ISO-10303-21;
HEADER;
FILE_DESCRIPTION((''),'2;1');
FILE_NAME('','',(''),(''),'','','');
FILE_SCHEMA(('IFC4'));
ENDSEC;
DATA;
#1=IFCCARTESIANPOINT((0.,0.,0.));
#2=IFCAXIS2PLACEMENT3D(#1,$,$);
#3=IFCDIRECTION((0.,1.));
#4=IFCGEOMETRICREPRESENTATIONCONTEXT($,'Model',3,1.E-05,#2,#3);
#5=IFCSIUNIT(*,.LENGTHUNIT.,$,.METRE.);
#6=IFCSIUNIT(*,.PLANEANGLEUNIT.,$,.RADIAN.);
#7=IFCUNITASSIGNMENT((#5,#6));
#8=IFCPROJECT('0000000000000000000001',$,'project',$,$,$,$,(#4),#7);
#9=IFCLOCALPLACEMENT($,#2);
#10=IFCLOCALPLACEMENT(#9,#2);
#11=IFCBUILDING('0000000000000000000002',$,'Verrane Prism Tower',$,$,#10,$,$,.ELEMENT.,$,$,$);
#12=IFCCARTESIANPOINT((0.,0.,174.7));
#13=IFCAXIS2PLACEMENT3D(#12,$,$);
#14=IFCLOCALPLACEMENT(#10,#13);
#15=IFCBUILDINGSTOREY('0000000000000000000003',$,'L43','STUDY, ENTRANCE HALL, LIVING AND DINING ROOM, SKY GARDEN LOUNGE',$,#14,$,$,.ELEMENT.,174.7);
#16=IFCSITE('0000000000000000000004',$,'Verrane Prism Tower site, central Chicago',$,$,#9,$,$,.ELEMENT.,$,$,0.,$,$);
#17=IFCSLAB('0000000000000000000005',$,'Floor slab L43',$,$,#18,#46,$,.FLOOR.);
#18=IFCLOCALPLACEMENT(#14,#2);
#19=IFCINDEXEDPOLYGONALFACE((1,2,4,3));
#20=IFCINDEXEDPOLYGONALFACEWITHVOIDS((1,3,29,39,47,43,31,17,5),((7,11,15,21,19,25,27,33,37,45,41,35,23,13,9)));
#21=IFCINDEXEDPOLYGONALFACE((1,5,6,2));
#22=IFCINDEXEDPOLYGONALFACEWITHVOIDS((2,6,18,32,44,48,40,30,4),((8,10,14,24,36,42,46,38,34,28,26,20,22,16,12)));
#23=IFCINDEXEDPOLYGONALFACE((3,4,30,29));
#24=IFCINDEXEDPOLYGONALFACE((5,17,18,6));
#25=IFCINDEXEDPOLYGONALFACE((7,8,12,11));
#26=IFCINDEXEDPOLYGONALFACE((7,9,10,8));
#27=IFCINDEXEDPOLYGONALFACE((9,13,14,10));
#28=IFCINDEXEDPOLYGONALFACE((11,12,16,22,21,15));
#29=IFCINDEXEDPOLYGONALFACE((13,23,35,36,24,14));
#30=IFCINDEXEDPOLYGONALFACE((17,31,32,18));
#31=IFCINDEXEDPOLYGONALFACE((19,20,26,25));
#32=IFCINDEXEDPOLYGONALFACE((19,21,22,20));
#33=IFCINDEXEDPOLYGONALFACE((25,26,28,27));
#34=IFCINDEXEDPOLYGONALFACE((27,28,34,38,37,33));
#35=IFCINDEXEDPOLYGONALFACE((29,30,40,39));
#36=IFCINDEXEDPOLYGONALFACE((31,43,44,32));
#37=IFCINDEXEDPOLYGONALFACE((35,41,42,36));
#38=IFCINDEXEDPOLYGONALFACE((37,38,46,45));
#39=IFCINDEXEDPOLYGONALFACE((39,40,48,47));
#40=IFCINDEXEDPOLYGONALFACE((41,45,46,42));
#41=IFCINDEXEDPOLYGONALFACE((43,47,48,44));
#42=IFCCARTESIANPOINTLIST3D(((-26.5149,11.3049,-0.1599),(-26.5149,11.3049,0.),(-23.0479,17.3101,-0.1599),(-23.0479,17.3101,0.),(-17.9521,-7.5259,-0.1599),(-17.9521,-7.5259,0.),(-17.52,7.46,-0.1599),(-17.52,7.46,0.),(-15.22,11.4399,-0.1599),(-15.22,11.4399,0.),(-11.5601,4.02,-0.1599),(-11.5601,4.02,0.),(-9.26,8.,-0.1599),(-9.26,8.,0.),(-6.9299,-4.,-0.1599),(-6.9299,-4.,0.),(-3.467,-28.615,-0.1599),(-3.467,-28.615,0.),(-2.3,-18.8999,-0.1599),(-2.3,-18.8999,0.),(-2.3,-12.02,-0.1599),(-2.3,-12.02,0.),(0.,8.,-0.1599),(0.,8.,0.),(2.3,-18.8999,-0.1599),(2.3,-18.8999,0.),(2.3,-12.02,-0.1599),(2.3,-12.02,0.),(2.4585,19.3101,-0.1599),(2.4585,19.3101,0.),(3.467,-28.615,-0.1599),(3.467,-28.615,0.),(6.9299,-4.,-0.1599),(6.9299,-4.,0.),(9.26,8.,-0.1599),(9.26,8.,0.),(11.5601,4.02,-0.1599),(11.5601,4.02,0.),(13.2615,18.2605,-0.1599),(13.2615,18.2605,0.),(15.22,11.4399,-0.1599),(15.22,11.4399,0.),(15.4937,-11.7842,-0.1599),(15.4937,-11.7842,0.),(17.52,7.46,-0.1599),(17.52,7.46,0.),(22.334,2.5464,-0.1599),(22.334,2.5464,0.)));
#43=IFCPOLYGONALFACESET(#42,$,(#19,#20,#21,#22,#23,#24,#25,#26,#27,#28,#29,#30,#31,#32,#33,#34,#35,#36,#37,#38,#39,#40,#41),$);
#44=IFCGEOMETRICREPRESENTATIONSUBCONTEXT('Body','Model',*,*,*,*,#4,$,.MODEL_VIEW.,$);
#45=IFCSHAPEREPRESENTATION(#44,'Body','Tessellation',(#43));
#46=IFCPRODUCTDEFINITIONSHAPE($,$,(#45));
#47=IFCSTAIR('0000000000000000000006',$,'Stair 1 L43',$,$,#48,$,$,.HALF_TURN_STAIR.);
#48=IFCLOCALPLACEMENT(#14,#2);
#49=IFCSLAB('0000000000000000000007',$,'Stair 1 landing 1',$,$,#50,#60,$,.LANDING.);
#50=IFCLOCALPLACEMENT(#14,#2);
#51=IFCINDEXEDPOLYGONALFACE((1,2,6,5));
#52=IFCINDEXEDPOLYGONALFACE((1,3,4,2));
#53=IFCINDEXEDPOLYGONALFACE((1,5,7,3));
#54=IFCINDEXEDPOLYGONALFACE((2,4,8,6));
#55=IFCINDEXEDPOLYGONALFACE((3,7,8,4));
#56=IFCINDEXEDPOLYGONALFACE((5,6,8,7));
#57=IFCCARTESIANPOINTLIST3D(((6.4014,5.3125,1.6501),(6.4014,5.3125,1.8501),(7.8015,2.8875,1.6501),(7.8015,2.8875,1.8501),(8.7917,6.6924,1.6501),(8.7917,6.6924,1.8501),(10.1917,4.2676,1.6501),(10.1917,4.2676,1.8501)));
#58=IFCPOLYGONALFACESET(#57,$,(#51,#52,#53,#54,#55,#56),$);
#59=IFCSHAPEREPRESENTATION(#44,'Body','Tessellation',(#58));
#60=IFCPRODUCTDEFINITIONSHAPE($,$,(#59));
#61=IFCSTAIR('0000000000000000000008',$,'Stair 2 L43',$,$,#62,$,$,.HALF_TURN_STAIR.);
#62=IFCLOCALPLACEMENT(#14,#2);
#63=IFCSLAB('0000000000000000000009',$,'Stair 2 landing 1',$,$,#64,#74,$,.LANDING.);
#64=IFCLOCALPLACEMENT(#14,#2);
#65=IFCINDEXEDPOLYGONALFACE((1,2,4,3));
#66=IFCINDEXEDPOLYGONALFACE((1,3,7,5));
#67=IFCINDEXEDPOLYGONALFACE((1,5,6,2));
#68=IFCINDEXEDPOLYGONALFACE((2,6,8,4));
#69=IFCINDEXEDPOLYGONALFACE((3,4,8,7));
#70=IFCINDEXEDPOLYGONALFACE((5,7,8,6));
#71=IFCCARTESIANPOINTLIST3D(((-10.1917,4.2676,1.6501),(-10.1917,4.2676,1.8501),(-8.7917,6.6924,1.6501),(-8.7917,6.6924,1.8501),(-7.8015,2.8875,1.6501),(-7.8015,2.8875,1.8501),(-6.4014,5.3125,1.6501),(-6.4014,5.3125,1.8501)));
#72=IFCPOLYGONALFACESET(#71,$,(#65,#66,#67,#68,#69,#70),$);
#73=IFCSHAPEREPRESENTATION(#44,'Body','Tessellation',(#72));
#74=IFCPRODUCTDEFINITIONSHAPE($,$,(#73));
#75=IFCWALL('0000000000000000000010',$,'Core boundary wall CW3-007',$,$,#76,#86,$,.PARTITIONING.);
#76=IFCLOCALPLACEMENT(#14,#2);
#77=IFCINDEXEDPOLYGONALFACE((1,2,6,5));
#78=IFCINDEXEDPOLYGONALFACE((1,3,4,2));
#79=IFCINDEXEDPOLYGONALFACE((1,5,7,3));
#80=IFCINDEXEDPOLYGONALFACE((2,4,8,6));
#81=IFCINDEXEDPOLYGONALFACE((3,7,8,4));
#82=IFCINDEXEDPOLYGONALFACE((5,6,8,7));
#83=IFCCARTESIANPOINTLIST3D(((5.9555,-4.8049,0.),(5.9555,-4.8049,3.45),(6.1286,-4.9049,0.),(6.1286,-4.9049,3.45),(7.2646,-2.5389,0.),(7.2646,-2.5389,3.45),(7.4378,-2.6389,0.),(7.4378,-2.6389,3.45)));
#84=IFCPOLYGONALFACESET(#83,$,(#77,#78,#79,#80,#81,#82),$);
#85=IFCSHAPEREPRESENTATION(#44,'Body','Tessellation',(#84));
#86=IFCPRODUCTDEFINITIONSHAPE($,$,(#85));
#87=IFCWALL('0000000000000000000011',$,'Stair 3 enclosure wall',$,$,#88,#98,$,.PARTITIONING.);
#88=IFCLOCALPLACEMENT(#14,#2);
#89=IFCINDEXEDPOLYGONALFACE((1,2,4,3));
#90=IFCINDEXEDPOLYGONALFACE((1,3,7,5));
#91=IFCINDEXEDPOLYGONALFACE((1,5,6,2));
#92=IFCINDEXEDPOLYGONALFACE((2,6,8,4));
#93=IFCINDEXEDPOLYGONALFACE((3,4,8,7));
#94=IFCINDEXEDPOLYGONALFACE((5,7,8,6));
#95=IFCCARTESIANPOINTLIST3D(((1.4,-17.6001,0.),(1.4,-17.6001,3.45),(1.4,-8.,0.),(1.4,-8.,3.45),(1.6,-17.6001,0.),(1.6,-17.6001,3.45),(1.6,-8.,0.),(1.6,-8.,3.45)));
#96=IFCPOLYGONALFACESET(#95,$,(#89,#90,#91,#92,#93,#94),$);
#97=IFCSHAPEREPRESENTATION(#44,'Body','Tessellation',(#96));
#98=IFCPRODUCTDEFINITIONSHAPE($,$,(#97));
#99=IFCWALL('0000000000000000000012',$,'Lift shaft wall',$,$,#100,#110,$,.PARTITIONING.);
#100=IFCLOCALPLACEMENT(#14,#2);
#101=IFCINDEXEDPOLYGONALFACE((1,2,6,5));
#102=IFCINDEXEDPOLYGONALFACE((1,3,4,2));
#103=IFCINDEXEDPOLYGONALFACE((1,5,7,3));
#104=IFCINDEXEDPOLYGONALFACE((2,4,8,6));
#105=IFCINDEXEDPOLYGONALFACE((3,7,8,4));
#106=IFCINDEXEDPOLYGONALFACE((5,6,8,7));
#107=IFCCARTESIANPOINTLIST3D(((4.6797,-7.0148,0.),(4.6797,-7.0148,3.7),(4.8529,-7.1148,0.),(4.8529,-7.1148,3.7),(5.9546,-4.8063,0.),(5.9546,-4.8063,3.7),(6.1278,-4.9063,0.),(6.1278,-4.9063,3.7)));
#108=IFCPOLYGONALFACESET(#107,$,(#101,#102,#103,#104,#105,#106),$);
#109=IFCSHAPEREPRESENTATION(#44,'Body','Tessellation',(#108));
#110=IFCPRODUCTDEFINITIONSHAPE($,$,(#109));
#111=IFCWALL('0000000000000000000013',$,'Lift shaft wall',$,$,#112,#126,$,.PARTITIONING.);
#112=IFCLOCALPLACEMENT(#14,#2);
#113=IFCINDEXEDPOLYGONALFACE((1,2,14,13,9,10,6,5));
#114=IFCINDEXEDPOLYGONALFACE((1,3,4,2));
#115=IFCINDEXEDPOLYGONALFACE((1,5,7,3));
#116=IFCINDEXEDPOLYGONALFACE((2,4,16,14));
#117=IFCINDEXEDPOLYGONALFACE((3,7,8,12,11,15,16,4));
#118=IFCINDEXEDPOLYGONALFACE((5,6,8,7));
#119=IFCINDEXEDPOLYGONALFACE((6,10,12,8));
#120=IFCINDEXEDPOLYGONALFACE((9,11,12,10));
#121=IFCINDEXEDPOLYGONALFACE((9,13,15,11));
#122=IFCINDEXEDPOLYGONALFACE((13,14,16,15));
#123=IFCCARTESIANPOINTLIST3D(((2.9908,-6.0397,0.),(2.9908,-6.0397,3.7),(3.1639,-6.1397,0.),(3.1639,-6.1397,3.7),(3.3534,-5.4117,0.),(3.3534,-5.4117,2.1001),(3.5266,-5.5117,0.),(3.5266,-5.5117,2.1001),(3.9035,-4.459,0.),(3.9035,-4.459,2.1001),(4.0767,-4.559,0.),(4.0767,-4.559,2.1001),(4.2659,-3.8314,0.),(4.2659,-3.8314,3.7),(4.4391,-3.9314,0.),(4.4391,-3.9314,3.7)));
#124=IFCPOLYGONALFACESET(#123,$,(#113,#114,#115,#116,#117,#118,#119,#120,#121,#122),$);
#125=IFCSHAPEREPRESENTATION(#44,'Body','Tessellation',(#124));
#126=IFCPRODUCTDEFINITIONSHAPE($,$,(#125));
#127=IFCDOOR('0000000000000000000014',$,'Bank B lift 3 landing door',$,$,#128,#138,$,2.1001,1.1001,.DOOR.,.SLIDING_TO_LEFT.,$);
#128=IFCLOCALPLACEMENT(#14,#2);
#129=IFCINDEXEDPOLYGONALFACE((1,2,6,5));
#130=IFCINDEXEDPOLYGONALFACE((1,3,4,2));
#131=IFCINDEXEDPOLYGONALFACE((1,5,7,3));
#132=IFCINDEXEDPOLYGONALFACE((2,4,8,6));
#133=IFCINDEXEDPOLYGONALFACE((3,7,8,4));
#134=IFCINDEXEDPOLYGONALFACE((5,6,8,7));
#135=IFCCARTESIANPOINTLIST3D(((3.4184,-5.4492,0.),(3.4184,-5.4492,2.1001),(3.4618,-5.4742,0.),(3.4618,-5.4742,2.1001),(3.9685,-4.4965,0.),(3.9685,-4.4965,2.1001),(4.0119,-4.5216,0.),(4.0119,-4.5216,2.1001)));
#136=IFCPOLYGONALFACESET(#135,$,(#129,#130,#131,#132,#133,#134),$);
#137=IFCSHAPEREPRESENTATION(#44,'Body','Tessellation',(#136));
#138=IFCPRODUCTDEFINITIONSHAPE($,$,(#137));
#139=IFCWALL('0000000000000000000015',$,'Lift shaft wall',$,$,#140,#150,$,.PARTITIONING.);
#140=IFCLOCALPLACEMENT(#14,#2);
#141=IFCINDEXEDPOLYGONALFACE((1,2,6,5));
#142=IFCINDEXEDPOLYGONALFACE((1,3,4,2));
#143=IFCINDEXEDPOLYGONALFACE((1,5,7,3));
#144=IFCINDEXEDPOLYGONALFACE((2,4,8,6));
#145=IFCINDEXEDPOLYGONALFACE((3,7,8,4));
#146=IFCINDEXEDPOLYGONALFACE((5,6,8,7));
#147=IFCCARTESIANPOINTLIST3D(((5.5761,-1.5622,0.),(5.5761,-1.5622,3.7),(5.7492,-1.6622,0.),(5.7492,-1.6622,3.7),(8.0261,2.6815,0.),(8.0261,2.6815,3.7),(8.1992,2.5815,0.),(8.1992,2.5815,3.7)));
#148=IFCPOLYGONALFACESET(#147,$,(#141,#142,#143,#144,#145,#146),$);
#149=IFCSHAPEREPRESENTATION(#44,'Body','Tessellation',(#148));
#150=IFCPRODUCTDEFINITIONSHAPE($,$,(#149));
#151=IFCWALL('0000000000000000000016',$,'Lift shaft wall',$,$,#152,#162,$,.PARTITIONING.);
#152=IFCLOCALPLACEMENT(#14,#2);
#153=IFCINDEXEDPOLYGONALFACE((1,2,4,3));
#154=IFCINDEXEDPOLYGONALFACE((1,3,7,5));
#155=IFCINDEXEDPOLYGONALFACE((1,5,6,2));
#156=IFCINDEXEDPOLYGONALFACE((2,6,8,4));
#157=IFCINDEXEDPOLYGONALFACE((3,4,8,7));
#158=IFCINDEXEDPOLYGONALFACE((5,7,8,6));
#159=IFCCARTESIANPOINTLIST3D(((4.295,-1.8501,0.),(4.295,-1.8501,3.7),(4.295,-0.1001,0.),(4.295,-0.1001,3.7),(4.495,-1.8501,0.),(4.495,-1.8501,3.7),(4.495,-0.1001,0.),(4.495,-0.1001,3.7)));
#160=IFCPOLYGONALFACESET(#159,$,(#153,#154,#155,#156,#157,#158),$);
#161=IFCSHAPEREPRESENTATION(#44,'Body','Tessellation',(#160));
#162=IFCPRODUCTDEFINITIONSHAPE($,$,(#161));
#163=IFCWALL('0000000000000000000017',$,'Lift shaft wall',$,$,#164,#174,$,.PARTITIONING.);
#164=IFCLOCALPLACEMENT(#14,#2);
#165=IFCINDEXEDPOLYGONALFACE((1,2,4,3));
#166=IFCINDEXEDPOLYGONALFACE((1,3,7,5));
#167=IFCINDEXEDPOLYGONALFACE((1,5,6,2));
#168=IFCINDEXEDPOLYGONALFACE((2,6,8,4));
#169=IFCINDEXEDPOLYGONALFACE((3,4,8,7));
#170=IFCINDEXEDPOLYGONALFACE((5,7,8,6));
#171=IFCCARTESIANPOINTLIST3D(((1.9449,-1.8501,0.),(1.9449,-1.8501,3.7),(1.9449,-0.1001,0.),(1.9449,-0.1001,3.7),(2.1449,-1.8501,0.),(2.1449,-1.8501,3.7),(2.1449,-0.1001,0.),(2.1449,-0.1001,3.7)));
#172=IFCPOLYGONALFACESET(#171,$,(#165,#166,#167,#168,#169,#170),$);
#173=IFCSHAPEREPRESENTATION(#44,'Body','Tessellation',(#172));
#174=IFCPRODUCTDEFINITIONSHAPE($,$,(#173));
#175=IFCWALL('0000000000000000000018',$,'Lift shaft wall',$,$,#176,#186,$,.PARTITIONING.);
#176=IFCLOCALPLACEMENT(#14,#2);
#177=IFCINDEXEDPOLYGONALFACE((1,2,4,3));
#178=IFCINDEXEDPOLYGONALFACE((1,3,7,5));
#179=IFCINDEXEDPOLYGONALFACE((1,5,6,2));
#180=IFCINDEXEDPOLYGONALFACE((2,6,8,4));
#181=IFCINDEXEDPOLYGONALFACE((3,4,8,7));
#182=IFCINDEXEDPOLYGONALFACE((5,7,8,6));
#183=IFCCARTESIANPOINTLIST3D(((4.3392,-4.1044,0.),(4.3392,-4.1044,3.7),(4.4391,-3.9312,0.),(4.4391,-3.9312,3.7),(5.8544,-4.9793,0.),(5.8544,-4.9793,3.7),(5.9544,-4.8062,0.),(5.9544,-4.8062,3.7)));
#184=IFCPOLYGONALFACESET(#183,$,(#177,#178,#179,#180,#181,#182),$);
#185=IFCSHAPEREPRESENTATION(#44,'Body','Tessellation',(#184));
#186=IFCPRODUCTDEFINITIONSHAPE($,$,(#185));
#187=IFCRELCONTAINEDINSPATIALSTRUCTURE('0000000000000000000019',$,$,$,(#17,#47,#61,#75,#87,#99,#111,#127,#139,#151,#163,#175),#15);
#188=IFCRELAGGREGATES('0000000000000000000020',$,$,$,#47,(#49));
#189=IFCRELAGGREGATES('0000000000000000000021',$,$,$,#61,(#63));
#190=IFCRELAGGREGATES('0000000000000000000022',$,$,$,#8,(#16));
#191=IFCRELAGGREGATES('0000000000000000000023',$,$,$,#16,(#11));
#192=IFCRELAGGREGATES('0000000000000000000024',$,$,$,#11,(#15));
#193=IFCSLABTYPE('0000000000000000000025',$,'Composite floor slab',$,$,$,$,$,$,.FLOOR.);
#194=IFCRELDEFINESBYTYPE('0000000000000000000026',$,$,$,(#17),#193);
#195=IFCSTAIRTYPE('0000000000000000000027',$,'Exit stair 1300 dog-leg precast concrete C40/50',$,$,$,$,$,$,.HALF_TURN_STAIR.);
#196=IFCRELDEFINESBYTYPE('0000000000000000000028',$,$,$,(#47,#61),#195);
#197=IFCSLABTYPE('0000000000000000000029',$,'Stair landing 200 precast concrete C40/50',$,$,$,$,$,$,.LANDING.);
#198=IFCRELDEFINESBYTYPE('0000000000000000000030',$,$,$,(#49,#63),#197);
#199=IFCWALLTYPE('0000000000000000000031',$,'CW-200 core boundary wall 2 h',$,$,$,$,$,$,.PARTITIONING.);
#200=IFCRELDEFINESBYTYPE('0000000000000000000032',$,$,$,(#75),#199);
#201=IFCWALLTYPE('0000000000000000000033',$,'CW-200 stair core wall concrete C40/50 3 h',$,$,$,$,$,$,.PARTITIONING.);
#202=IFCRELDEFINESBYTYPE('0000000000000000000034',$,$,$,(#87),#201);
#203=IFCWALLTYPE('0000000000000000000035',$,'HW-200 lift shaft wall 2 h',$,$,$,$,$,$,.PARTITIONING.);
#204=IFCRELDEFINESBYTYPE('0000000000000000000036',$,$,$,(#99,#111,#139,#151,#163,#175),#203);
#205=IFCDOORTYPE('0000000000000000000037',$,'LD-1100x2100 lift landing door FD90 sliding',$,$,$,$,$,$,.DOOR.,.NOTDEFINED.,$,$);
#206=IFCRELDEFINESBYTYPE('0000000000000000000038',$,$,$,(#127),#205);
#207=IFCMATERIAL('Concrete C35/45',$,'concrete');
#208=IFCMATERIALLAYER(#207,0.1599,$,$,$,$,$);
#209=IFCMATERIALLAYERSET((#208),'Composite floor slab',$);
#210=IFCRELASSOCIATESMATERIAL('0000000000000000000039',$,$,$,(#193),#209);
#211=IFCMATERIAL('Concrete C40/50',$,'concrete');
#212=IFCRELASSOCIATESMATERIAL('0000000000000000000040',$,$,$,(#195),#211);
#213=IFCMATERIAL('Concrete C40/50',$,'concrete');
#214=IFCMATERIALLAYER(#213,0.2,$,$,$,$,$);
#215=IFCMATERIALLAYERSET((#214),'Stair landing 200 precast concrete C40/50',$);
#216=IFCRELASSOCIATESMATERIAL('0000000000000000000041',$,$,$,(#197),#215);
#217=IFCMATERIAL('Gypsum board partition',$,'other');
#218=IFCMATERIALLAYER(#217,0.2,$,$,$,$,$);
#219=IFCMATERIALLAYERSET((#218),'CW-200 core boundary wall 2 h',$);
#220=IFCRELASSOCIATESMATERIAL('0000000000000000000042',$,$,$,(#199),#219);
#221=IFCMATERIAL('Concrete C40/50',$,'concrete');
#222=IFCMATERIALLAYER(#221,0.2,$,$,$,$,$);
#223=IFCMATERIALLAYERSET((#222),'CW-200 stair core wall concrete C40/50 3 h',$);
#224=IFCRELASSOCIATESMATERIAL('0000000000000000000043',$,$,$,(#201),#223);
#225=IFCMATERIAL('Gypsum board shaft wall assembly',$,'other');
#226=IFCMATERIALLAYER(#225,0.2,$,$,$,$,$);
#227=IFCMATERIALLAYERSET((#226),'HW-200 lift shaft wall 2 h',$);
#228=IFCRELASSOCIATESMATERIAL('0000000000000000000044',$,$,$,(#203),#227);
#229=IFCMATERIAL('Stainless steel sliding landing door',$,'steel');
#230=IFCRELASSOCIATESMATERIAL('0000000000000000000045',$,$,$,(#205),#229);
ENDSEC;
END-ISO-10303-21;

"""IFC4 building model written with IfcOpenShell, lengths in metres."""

from ifc_helpers import new_model, si_unit, direction, frame, frame_2d, origin, place, context, subcontext, project, spatial, polyline, rectangle, outline, extrude, material, layer, layer_set, type_object, element, fill, aggregate, save


model = new_model("IFC4")

# Units and contexts
model_context = context("Model", 3, precision=1e-05, world=origin(), true_north=direction((0.0, 1.0)))
body_context = subcontext(model_context, "Body", "Model", "MODEL_VIEW")
ifc_project = project(units=[si_unit("LENGTHUNIT", "METRE"), si_unit("PLANEANGLEUNIT", "RADIAN")], contexts=[model_context])

# Site, building, storey
site_placement = place(None, origin())
site = spatial("IfcSite", under=ifc_project, at=site_placement, Name="Verrane Prism Tower site, central Chicago", CompositionType="ELEMENT", RefElevation=0.0)
building_placement = place(site_placement, origin())
building = spatial("IfcBuilding", under=site, at=building_placement, Name="Verrane Prism Tower", CompositionType="ELEMENT")
storey_placement = place(building_placement, frame((0.0, 0.0, 174.7)))
storey = spatial("IfcBuildingStorey", under=building, at=storey_placement, Name="L43", Description="STUDY, ENTRANCE HALL, LIVING AND DINING ROOM, SKY GARDEN LOUNGE", CompositionType="ELEMENT", Elevation=174.7)

# Slab
ifc_material_1 = material(Name="Concrete C35/45", Category="concrete")
ifc_layer_1 = layer(ifc_material_1, 0.1599)
ifc_layer_set_1 = layer_set([ifc_layer_1], Name="Composite floor slab")
slab_type_1 = type_object("IfcSlabType", Name="Composite floor slab", PredefinedType="FLOOR", material=ifc_layer_set_1)
slab_1_placement = place(storey_placement, frame((0.0, 0.0, -0.1599)))
element("IfcSlab", 1, at=slab_1_placement, inside=storey, type_object=slab_type_1, Name="Floor slab L43", PredefinedType="FLOOR", context=body_context, shape_type="SweptSolid", body=[
    extrude(outline(polyline([(15.4937, -11.7842), (3.467, -28.615), (-3.467, -28.615), (-17.9521, -7.5259), (-26.5149, 11.3049), (-23.0479, 17.3101), (2.4585, 19.3101), (13.2615, 18.2605), (22.334, 2.5464), (15.4937, -11.7842)]), holes=[polyline([(17.52, 7.46), (15.22, 11.4399), (9.26, 8.0), (0.0, 8.0), (-9.26, 8.0), (-15.22, 11.4399), (-17.52, 7.46), (-11.5601, 4.02), (-6.9299, -4.0), (-2.3, -12.02), (-2.3, -18.8999), (2.3, -18.8999), (2.3, -12.02), (6.9299, -4.0), (11.5601, 4.02), (17.52, 7.46)])]), origin(), (0.0, 0.0, 1.0), 0.1599),
])

# Stairs, slabs
ifc_material_2 = material(Name="Concrete C40/50", Category="concrete")
stair_type = type_object("IfcStairType", Name="Exit stair 1300 dog-leg precast concrete C40/50", PredefinedType="HALF_TURN_STAIR", material=ifc_material_2)
stair_1_placement = place(storey_placement, origin())
stair_1 = element("IfcStair", 2, at=stair_1_placement, inside=storey, type_object=stair_type, Name="Stair 1 L43", PredefinedType="HALF_TURN_STAIR")
ifc_material_3 = material(Name="Concrete C40/50", Category="concrete")
ifc_layer_2 = layer(ifc_material_3, 0.2)
ifc_layer_set_2 = layer_set([ifc_layer_2], Name="Stair landing 200 precast concrete C40/50")
slab_type_2 = type_object("IfcSlabType", Name="Stair landing 200 precast concrete C40/50", PredefinedType="LANDING", material=ifc_layer_set_2)
slab_2_placement = place(storey_placement, frame((0.0, 0.0, 1.6501)))
slab_2 = element("IfcSlab", 3, at=slab_2_placement, type_object=slab_type_2, Name="Stair 1 landing 1", PredefinedType="LANDING", context=body_context, shape_type="SweptSolid", body=[
    extrude(outline(polyline([(8.7917, 6.6924), (6.4014, 5.3125), (7.8015, 2.8875), (10.1917, 4.2676), (8.7917, 6.6924)])), origin(), (0.0, 0.0, 1.0), 0.2),
])
aggregate(stair_1, [slab_2])
stair_2_placement = place(storey_placement, origin())
stair_2 = element("IfcStair", 4, at=stair_2_placement, inside=storey, type_object=stair_type, Name="Stair 2 L43", PredefinedType="HALF_TURN_STAIR")
slab_3_placement = place(storey_placement, frame((0.0, 0.0, 1.6501)))
slab_3 = element("IfcSlab", 5, at=slab_3_placement, type_object=slab_type_2, Name="Stair 2 landing 1", PredefinedType="LANDING", context=body_context, shape_type="SweptSolid", body=[
    extrude(outline(polyline([(-10.1917, 4.2676), (-7.8015, 2.8875), (-6.4014, 5.3125), (-8.7917, 6.6924), (-10.1917, 4.2676)])), origin(), (0.0, 0.0, 1.0), 0.2),
])
aggregate(stair_2, [slab_3])

# Walls
ifc_material_4 = material(Name="Gypsum board partition", Category="other")
ifc_layer_3 = layer(ifc_material_4, 0.2)
ifc_layer_set_3 = layer_set([ifc_layer_3], Name="CW-200 core boundary wall 2 h")
wall_type_1 = type_object("IfcWallType", Name="CW-200 core boundary wall 2 h", PredefinedType="PARTITIONING", material=ifc_layer_set_3)
wall_1_placement = place(storey_placement, frame((6.042, -4.855, 0.0), z_axis=(0.0, 0.0, 1.0), x_axis=(0.500253, 0.865879, 0.0)))
element("IfcWall", 6, at=wall_1_placement, inside=storey, type_object=wall_type_1, Name="Core boundary wall CW3-007", PredefinedType="PARTITIONING", context=body_context, shape_type="SweptSolid", body=[
    extrude(rectangle(XDim=2.6169, YDim=0.2, at=frame_2d((1.3086, 0.0))), origin(), (0.0, 0.0, 1.0), 3.45),
])
ifc_material_5 = material(Name="Concrete C40/50", Category="concrete")
ifc_layer_4 = layer(ifc_material_5, 0.2)
ifc_layer_set_4 = layer_set([ifc_layer_4], Name="CW-200 stair core wall concrete C40/50 3 h")
wall_type_2 = type_object("IfcWallType", Name="CW-200 stair core wall concrete C40/50 3 h", PredefinedType="PARTITIONING", material=ifc_layer_set_4)
wall_2_placement = place(storey_placement, frame((1.5, -8.0, 0.0), z_axis=(0.0, 0.0, 1.0), x_axis=(0.0, -1.0, 0.0)))
element("IfcWall", 7, at=wall_2_placement, inside=storey, type_object=wall_type_2, Name="Stair 3 enclosure wall", PredefinedType="PARTITIONING", context=body_context, shape_type="SweptSolid", body=[
    extrude(rectangle(XDim=9.6001, YDim=0.2, at=frame_2d((4.8, 0.0))), origin(), (0.0, 0.0, 1.0), 3.45),
])
ifc_material_6 = material(Name="Gypsum board shaft wall assembly", Category="other")
ifc_layer_5 = layer(ifc_material_6, 0.2)
ifc_layer_set_5 = layer_set([ifc_layer_5], Name="HW-200 lift shaft wall 2 h")
wall_type_3 = type_object("IfcWallType", Name="HW-200 lift shaft wall 2 h", PredefinedType="PARTITIONING", material=ifc_layer_set_5)
wall_3_placement = place(storey_placement, frame((4.7664, -7.0647, 0.0), z_axis=(0.0, 0.0, 1.0), x_axis=(0.499949, 0.866055, 0.0)))
element("IfcWall", 8, at=wall_3_placement, inside=storey, type_object=wall_type_3, Name="Lift shaft wall", PredefinedType="PARTITIONING", context=body_context, shape_type="SweptSolid", body=[
    extrude(rectangle(XDim=2.55, YDim=0.2, at=frame_2d((1.2749, 0.0))), origin(), (0.0, 0.0, 1.0), 3.7),
])

# Wall, opening, door
wall_4_placement = place(storey_placement, frame((3.0774, -6.0896, 0.0), z_axis=(0.0, 0.0, 1.0), x_axis=(0.500062, 0.865989, 0.0)))
wall_4 = element("IfcWall", 9, at=wall_4_placement, inside=storey, type_object=wall_type_3, Name="Lift shaft wall", PredefinedType="PARTITIONING", context=body_context, shape_type="SweptSolid", body=[
    extrude(rectangle(XDim=2.55, YDim=0.2, at=frame_2d((1.2749, 0.0))), origin(), (0.0, 0.0, 1.0), 3.7),
])
opening_placement = place(wall_4_placement, frame((0.7251, 0.0, 0.0)))
opening = element("IfcOpeningElement", 10, at=opening_placement, cuts=wall_4, PredefinedType="OPENING", context=body_context, shape_type="SweptSolid", body=[
    extrude(rectangle(XDim=1.1001, YDim=2.1001, at=frame_2d((0.55, 1.05))), frame((0.0, 0.1099, 0.0), z_axis=(0.0, -1.0, 0.0), x_axis=(1.0, 0.0, 0.0)), (0.0, 0.0, 1.0), 0.22),
])
ifc_material_7 = material(Name="Stainless steel sliding landing door", Category="steel")
door_type = type_object("IfcDoorType", Name="LD-1100x2100 lift landing door FD90 sliding", OperationType="NOTDEFINED", PredefinedType="DOOR", material=ifc_material_7)
door_placement = place(opening_placement, origin())
door = element("IfcDoor", 11, at=door_placement, inside=storey, type_object=door_type, Name="Bank B lift 3 landing door", OperationType="SLIDING_TO_LEFT", OverallHeight=2.1001, OverallWidth=1.1001, PredefinedType="DOOR", context=body_context, shape_type="SweptSolid", body=[
    extrude(rectangle(XDim=1.1001, YDim=2.1001, at=frame_2d((0.55, 1.05))), frame((0.0, 0.0249, 0.0), z_axis=(0.0, -1.0, 0.0), x_axis=(1.0, 0.0, 0.0)), (0.0, 0.0, 1.0), 0.05),
])
fill(opening, door)

# Walls
wall_5_placement = place(storey_placement, frame((5.6626, -1.6123, 0.0), z_axis=(0.0, 0.0, 1.0), x_axis=(0.499981, 0.866036, 0.0)))
element("IfcWall", 12, at=wall_5_placement, inside=storey, type_object=wall_type_3, Name="Lift shaft wall", PredefinedType="PARTITIONING", context=body_context, shape_type="SweptSolid", body=[
    extrude(rectangle(XDim=4.9001, YDim=0.2, at=frame_2d((2.4502, 0.0))), origin(), (0.0, 0.0, 1.0), 3.7),
])
for number, where, z_axis, x_axis, name in (
    (13, (4.395, -1.8501, 0.0), (0.0, 0.0, 1.0), (0.0, 1.0, 0.0), "Lift shaft wall"),
    (14, (2.0449, -1.8501, 0.0), (0.0, 0.0, 1.0), (0.0, 1.0, 0.0), "Lift shaft wall"),
):
    element("IfcWall", number, at=place(storey_placement, frame(where, z_axis=z_axis, x_axis=x_axis)), inside=storey, type_object=wall_type_3, Name=name, PredefinedType="PARTITIONING", context=body_context, shape_type="SweptSolid", body=[
        extrude(rectangle(XDim=1.75, YDim=0.2, at=frame_2d((0.875, 0.0))), origin(), (0.0, 0.0, 1.0), 3.7),
    ])
wall_6_placement = place(storey_placement, frame((5.9045, -4.8928, 0.0), z_axis=(0.0, 0.0, 1.0), x_axis=(-0.866002, 0.50004, 0.0)))
element("IfcWall", 15, at=wall_6_placement, inside=storey, type_object=wall_type_3, Name="Lift shaft wall", PredefinedType="PARTITIONING", context=body_context, shape_type="SweptSolid", body=[
    extrude(rectangle(XDim=1.7498, YDim=0.2, at=frame_2d((0.875, 0.0))), origin(), (0.0, 0.0, 1.0), 3.7),
])

save(model, "model.ifc")
